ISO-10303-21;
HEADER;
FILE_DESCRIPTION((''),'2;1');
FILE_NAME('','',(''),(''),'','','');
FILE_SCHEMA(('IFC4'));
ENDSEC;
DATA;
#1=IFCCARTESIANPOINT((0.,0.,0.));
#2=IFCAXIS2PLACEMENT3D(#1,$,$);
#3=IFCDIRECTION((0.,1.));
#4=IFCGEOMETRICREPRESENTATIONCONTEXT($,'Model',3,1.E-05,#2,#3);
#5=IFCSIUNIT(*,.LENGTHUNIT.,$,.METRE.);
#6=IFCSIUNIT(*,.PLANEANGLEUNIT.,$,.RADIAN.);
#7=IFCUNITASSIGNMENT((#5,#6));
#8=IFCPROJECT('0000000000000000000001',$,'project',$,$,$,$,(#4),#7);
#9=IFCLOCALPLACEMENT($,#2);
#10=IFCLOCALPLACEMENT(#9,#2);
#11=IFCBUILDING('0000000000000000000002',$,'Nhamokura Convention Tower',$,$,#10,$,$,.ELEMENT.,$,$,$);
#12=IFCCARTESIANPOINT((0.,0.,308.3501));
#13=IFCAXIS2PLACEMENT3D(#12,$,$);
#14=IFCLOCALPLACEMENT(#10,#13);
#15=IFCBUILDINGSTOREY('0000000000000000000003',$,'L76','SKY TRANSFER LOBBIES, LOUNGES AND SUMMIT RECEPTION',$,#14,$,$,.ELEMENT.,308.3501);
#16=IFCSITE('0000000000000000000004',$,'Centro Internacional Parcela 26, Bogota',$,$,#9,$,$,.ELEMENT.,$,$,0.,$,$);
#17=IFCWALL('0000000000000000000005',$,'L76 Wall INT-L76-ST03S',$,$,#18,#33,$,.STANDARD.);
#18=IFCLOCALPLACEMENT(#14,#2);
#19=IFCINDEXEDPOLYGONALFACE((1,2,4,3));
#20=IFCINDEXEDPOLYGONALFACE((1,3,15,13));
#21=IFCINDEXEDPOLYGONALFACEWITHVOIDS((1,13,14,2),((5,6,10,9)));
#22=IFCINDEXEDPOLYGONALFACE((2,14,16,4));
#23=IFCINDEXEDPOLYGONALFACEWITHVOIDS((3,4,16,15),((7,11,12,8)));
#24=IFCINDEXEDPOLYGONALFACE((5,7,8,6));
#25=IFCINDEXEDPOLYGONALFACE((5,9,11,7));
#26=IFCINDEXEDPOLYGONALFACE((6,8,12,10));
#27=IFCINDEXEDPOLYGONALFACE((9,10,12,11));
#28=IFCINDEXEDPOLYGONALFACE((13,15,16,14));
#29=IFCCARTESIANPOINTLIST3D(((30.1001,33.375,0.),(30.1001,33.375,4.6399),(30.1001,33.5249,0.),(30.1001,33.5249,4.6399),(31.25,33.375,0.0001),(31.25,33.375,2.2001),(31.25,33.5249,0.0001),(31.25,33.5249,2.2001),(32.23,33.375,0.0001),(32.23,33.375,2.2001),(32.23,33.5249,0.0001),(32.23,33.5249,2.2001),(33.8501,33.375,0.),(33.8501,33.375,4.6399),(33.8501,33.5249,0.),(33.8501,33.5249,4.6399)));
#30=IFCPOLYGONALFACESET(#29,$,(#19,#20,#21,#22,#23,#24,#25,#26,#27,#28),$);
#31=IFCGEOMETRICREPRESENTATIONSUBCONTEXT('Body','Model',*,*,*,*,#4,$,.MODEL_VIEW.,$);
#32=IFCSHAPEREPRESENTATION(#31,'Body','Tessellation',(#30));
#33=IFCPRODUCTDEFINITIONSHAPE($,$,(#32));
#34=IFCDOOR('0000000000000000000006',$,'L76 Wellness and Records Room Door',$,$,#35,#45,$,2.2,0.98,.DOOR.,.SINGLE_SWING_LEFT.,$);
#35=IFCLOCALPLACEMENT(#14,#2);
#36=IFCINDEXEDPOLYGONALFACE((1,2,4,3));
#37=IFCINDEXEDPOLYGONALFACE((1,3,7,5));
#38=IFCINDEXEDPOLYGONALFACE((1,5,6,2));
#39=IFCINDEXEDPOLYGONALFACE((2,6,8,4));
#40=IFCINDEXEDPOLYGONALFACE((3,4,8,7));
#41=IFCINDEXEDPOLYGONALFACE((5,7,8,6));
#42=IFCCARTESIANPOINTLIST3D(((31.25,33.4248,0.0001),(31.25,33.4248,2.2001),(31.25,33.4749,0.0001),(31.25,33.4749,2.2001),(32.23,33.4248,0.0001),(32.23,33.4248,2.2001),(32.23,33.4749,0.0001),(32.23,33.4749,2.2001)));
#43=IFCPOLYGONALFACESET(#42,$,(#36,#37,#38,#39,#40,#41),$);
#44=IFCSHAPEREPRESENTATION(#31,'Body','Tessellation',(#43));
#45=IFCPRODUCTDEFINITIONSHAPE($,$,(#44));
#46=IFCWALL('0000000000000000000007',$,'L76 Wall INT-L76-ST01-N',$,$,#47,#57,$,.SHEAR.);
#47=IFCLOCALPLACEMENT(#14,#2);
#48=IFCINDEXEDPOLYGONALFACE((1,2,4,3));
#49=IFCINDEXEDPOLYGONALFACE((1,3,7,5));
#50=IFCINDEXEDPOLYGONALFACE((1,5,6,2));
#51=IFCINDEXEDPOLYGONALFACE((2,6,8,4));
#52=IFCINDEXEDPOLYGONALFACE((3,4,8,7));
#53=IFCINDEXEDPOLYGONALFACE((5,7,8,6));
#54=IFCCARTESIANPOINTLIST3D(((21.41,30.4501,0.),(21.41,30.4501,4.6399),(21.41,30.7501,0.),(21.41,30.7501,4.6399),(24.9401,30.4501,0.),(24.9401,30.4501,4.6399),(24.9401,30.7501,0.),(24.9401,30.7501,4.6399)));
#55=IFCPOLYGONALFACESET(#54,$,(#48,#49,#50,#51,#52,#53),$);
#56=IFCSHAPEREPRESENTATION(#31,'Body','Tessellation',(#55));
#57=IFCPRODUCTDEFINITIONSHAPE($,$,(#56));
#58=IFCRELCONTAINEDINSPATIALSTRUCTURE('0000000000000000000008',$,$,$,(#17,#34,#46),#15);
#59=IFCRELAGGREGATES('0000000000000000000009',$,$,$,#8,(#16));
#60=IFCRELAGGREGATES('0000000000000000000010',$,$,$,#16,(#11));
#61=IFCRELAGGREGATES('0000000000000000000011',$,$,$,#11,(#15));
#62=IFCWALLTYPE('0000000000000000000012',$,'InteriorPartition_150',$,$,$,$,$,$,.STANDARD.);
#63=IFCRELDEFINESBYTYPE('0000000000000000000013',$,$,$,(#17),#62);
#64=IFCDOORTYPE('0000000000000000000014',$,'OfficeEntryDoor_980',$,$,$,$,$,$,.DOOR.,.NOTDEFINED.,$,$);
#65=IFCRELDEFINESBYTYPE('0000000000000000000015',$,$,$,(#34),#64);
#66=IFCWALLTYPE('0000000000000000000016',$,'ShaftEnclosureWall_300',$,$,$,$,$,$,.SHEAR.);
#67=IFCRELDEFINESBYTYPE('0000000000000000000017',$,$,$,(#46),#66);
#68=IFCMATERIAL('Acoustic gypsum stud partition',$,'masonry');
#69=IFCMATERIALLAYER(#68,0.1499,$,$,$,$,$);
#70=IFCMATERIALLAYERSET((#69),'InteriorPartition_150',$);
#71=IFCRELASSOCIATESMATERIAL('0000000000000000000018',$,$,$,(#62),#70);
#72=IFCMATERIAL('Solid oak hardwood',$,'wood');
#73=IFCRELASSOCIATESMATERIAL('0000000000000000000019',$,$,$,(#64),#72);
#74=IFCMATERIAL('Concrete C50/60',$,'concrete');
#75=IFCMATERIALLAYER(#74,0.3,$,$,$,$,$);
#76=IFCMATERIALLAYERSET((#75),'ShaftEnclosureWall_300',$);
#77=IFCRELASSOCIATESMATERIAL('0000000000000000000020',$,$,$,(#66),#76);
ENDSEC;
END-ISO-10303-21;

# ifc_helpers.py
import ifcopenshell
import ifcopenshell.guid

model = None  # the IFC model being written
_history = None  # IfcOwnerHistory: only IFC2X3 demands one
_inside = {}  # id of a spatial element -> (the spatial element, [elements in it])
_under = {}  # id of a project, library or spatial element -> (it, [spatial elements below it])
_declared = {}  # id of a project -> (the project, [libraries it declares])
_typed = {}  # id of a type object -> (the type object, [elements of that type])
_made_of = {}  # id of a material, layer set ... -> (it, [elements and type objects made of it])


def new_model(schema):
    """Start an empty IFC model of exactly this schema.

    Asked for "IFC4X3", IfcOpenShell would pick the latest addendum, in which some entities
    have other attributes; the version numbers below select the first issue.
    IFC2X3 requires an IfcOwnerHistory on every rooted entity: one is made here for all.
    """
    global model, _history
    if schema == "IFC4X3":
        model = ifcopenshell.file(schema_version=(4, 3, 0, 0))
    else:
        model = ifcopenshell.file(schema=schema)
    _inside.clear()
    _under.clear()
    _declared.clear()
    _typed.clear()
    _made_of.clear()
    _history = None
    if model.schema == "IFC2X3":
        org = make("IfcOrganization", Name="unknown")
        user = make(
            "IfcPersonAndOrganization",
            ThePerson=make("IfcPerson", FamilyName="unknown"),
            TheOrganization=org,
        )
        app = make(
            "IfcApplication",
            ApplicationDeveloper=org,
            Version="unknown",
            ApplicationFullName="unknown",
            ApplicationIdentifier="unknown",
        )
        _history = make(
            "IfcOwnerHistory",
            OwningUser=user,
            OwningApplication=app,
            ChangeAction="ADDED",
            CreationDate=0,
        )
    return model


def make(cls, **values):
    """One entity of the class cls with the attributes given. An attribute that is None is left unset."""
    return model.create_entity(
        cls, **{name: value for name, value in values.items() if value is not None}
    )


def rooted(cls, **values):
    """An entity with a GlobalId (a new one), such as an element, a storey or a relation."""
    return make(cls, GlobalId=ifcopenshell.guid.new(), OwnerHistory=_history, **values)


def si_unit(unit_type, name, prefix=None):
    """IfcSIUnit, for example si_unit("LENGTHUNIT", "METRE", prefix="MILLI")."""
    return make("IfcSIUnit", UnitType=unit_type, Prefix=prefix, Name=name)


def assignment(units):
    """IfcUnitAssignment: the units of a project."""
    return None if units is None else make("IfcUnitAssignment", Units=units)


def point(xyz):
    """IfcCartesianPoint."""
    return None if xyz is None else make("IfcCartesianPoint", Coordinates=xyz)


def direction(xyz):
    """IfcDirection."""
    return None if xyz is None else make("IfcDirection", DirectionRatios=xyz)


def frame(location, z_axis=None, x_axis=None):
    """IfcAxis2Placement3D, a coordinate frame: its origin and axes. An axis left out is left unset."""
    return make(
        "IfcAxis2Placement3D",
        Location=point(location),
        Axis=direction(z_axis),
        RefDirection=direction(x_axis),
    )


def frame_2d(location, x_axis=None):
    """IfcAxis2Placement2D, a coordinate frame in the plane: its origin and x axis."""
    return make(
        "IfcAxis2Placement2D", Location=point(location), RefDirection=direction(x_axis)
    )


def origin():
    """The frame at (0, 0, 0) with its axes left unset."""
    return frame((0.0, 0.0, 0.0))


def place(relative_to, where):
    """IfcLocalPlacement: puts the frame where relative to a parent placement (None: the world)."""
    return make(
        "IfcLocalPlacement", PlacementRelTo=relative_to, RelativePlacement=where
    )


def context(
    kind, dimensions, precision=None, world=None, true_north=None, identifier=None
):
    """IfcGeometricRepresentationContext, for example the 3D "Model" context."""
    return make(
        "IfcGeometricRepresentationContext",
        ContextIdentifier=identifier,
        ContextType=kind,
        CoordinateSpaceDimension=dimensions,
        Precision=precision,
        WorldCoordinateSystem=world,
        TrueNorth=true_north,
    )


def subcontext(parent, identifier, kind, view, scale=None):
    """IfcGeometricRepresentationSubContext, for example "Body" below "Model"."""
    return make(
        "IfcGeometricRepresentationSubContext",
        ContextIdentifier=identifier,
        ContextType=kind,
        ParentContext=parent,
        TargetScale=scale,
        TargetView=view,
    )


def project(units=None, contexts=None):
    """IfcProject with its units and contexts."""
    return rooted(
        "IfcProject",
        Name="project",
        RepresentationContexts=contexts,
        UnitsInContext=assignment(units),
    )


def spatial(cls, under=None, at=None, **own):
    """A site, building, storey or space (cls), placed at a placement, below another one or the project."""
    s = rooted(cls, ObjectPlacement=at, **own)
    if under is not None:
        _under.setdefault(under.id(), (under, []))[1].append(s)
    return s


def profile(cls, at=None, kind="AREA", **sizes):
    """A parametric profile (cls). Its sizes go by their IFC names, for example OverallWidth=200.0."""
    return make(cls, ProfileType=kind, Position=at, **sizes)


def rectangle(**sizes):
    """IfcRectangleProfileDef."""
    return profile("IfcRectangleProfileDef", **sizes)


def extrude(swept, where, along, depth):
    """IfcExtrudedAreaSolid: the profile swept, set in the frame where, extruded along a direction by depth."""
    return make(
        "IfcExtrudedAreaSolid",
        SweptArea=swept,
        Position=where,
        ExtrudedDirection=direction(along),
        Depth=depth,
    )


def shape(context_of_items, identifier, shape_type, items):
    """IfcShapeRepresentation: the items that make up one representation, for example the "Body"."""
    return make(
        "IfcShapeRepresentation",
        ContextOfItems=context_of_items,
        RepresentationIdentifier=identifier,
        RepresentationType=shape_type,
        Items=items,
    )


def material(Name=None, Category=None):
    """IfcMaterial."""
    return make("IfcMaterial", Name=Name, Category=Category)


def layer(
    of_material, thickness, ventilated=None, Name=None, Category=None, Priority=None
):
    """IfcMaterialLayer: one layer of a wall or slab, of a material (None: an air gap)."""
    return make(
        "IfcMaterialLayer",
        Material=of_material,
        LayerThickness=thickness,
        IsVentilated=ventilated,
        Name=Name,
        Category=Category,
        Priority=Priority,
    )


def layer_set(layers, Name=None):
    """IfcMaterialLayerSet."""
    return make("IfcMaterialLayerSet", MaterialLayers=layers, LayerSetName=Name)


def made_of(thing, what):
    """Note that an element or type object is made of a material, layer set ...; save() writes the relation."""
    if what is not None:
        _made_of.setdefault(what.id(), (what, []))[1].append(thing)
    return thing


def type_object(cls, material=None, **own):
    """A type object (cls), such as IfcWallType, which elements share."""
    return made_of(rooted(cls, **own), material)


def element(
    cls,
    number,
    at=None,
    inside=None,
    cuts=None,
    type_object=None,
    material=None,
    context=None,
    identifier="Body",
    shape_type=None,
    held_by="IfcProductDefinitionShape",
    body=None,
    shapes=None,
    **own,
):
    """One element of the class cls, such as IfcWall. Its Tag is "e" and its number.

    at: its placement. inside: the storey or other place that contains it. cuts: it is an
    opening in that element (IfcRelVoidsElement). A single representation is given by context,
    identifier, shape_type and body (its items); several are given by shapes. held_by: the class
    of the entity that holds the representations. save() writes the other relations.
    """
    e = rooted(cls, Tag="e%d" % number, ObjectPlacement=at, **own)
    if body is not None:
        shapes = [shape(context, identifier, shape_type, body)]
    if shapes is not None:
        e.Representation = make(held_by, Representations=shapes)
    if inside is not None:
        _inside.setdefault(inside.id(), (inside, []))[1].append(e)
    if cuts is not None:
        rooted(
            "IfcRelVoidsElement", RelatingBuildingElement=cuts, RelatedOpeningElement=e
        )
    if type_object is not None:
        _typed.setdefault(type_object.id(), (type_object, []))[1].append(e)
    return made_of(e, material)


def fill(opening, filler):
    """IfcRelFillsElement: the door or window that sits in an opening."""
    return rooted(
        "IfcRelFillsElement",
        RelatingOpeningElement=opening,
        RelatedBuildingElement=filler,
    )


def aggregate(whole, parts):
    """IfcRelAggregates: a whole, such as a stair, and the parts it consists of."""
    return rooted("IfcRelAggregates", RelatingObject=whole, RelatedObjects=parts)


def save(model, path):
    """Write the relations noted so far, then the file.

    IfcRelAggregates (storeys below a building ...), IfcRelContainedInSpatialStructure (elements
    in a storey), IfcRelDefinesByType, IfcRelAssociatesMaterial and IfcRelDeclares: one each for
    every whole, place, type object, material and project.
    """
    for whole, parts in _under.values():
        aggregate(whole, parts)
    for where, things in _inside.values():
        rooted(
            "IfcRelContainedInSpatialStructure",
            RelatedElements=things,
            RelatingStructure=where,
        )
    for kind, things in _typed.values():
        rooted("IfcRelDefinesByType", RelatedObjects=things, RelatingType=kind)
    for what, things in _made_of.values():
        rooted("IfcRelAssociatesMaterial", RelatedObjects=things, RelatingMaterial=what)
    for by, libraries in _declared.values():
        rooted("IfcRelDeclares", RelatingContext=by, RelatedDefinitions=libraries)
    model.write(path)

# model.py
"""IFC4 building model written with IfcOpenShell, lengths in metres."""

from ifc_helpers import new_model, si_unit, direction, frame, frame_2d, origin, place, context, subcontext, project, spatial, rectangle, extrude, material, layer, layer_set, type_object, element, fill, save


model = new_model("IFC4")

# Units and contexts
model_context = context("Model", 3, precision=1e-05, world=origin(), true_north=direction((0.0, 1.0)))
body_context = subcontext(model_context, "Body", "Model", "MODEL_VIEW")
ifc_project = project(units=[si_unit("LENGTHUNIT", "METRE"), si_unit("PLANEANGLEUNIT", "RADIAN")], contexts=[model_context])

# Site, building, storey
site_placement = place(None, origin())
site = spatial("IfcSite", under=ifc_project, at=site_placement, Name="Centro Internacional Parcela 26, Bogota", CompositionType="ELEMENT", RefElevation=0.0)
building_placement = place(site_placement, origin())
building = spatial("IfcBuilding", under=site, at=building_placement, Name="Nhamokura Convention Tower", CompositionType="ELEMENT")
storey_placement = place(building_placement, frame((0.0, 0.0, 308.3501)))
storey = spatial("IfcBuildingStorey", under=building, at=storey_placement, Name="L76", Description="SKY TRANSFER LOBBIES, LOUNGES AND SUMMIT RECEPTION", CompositionType="ELEMENT", Elevation=308.3501)

# Shared definitions
ifc_material_1 = material(Name="Acoustic gypsum stud partition", Category="masonry")
ifc_layer_1 = layer(ifc_material_1, 0.1499)
ifc_layer_set_1 = layer_set([ifc_layer_1], Name="InteriorPartition_150")
wall_type_1 = type_object("IfcWallType", Name="InteriorPartition_150", PredefinedType="STANDARD", material=ifc_layer_set_1)

# Wall, opening, door
wall_1_placement = place(storey_placement, frame((30.1001, 33.45, 0.0), z_axis=(0.0, 0.0, 1.0), x_axis=(1.0, 0.0, 0.0)))
wall_1 = element("IfcWall", 1, at=wall_1_placement, inside=storey, type_object=wall_type_1, Name="L76 Wall INT-L76-ST03S", PredefinedType="STANDARD", context=body_context, shape_type="SweptSolid", body=[
    extrude(rectangle(XDim=3.75, YDim=0.1499, at=frame_2d((1.875, 0.0))), origin(), (0.0, 0.0, 1.0), 4.6399),
])
opening_1_placement = place(wall_1_placement, frame((1.1499, 0.0, 0.0)))
opening_1 = element("IfcOpeningElement", 2, at=opening_1_placement, cuts=wall_1, PredefinedType="OPENING", context=body_context, shape_type="SweptSolid", body=[
    extrude(rectangle(XDim=0.98, YDim=2.2, at=frame_2d((0.49, 1.1001))), frame((0.0, 0.085, 0.0), z_axis=(0.0, -1.0, 0.0), x_axis=(1.0, 0.0, 0.0)), (0.0, 0.0, 1.0), 0.1699),
])
ifc_material_2 = material(Name="Solid oak hardwood", Category="wood")
door_type_1 = type_object("IfcDoorType", Name="OfficeEntryDoor_980", OperationType="NOTDEFINED", PredefinedType="DOOR", material=ifc_material_2)
door_1_placement = place(opening_1_placement, origin())
door_1 = element("IfcDoor", 3, at=door_1_placement, inside=storey, type_object=door_type_1, Name="L76 Wellness and Records Room Door", OperationType="SINGLE_SWING_LEFT", OverallHeight=2.2, OverallWidth=0.98, PredefinedType="DOOR", context=body_context, shape_type="SweptSolid", body=[
    extrude(rectangle(XDim=0.98, YDim=2.2, at=frame_2d((0.49, 1.1001))), frame((0.0, 0.0249, 0.0), z_axis=(0.0, -1.0, 0.0), x_axis=(1.0, 0.0, 0.0)), (0.0, 0.0, 1.0), 0.05),
])
fill(opening_1, door_1)

# Wall
ifc_material_3 = material(Name="Concrete C50/60", Category="concrete")
ifc_layer_2 = layer(ifc_material_3, 0.3)
ifc_layer_set_2 = layer_set([ifc_layer_2], Name="ShaftEnclosureWall_300")
wall_type_2 = type_object("IfcWallType", Name="ShaftEnclosureWall_300", PredefinedType="SHEAR", material=ifc_layer_set_2)
wall_2_placement = place(storey_placement, frame((21.4099, 30.6001, 0.0), z_axis=(0.0, 0.0, 1.0), x_axis=(1.0, 0.0, 0.0)))
element("IfcWall", 4, at=wall_2_placement, inside=storey, type_object=wall_type_2, Name="L76 Wall INT-L76-ST01-N", PredefinedType="SHEAR", context=body_context, shape_type="SweptSolid", body=[
    extrude(rectangle(XDim=3.53, YDim=0.3, at=frame_2d((1.7651, 0.0))), origin(), (0.0, 0.0, 1.0), 4.6399),
])

save(model, "model.ifc")
